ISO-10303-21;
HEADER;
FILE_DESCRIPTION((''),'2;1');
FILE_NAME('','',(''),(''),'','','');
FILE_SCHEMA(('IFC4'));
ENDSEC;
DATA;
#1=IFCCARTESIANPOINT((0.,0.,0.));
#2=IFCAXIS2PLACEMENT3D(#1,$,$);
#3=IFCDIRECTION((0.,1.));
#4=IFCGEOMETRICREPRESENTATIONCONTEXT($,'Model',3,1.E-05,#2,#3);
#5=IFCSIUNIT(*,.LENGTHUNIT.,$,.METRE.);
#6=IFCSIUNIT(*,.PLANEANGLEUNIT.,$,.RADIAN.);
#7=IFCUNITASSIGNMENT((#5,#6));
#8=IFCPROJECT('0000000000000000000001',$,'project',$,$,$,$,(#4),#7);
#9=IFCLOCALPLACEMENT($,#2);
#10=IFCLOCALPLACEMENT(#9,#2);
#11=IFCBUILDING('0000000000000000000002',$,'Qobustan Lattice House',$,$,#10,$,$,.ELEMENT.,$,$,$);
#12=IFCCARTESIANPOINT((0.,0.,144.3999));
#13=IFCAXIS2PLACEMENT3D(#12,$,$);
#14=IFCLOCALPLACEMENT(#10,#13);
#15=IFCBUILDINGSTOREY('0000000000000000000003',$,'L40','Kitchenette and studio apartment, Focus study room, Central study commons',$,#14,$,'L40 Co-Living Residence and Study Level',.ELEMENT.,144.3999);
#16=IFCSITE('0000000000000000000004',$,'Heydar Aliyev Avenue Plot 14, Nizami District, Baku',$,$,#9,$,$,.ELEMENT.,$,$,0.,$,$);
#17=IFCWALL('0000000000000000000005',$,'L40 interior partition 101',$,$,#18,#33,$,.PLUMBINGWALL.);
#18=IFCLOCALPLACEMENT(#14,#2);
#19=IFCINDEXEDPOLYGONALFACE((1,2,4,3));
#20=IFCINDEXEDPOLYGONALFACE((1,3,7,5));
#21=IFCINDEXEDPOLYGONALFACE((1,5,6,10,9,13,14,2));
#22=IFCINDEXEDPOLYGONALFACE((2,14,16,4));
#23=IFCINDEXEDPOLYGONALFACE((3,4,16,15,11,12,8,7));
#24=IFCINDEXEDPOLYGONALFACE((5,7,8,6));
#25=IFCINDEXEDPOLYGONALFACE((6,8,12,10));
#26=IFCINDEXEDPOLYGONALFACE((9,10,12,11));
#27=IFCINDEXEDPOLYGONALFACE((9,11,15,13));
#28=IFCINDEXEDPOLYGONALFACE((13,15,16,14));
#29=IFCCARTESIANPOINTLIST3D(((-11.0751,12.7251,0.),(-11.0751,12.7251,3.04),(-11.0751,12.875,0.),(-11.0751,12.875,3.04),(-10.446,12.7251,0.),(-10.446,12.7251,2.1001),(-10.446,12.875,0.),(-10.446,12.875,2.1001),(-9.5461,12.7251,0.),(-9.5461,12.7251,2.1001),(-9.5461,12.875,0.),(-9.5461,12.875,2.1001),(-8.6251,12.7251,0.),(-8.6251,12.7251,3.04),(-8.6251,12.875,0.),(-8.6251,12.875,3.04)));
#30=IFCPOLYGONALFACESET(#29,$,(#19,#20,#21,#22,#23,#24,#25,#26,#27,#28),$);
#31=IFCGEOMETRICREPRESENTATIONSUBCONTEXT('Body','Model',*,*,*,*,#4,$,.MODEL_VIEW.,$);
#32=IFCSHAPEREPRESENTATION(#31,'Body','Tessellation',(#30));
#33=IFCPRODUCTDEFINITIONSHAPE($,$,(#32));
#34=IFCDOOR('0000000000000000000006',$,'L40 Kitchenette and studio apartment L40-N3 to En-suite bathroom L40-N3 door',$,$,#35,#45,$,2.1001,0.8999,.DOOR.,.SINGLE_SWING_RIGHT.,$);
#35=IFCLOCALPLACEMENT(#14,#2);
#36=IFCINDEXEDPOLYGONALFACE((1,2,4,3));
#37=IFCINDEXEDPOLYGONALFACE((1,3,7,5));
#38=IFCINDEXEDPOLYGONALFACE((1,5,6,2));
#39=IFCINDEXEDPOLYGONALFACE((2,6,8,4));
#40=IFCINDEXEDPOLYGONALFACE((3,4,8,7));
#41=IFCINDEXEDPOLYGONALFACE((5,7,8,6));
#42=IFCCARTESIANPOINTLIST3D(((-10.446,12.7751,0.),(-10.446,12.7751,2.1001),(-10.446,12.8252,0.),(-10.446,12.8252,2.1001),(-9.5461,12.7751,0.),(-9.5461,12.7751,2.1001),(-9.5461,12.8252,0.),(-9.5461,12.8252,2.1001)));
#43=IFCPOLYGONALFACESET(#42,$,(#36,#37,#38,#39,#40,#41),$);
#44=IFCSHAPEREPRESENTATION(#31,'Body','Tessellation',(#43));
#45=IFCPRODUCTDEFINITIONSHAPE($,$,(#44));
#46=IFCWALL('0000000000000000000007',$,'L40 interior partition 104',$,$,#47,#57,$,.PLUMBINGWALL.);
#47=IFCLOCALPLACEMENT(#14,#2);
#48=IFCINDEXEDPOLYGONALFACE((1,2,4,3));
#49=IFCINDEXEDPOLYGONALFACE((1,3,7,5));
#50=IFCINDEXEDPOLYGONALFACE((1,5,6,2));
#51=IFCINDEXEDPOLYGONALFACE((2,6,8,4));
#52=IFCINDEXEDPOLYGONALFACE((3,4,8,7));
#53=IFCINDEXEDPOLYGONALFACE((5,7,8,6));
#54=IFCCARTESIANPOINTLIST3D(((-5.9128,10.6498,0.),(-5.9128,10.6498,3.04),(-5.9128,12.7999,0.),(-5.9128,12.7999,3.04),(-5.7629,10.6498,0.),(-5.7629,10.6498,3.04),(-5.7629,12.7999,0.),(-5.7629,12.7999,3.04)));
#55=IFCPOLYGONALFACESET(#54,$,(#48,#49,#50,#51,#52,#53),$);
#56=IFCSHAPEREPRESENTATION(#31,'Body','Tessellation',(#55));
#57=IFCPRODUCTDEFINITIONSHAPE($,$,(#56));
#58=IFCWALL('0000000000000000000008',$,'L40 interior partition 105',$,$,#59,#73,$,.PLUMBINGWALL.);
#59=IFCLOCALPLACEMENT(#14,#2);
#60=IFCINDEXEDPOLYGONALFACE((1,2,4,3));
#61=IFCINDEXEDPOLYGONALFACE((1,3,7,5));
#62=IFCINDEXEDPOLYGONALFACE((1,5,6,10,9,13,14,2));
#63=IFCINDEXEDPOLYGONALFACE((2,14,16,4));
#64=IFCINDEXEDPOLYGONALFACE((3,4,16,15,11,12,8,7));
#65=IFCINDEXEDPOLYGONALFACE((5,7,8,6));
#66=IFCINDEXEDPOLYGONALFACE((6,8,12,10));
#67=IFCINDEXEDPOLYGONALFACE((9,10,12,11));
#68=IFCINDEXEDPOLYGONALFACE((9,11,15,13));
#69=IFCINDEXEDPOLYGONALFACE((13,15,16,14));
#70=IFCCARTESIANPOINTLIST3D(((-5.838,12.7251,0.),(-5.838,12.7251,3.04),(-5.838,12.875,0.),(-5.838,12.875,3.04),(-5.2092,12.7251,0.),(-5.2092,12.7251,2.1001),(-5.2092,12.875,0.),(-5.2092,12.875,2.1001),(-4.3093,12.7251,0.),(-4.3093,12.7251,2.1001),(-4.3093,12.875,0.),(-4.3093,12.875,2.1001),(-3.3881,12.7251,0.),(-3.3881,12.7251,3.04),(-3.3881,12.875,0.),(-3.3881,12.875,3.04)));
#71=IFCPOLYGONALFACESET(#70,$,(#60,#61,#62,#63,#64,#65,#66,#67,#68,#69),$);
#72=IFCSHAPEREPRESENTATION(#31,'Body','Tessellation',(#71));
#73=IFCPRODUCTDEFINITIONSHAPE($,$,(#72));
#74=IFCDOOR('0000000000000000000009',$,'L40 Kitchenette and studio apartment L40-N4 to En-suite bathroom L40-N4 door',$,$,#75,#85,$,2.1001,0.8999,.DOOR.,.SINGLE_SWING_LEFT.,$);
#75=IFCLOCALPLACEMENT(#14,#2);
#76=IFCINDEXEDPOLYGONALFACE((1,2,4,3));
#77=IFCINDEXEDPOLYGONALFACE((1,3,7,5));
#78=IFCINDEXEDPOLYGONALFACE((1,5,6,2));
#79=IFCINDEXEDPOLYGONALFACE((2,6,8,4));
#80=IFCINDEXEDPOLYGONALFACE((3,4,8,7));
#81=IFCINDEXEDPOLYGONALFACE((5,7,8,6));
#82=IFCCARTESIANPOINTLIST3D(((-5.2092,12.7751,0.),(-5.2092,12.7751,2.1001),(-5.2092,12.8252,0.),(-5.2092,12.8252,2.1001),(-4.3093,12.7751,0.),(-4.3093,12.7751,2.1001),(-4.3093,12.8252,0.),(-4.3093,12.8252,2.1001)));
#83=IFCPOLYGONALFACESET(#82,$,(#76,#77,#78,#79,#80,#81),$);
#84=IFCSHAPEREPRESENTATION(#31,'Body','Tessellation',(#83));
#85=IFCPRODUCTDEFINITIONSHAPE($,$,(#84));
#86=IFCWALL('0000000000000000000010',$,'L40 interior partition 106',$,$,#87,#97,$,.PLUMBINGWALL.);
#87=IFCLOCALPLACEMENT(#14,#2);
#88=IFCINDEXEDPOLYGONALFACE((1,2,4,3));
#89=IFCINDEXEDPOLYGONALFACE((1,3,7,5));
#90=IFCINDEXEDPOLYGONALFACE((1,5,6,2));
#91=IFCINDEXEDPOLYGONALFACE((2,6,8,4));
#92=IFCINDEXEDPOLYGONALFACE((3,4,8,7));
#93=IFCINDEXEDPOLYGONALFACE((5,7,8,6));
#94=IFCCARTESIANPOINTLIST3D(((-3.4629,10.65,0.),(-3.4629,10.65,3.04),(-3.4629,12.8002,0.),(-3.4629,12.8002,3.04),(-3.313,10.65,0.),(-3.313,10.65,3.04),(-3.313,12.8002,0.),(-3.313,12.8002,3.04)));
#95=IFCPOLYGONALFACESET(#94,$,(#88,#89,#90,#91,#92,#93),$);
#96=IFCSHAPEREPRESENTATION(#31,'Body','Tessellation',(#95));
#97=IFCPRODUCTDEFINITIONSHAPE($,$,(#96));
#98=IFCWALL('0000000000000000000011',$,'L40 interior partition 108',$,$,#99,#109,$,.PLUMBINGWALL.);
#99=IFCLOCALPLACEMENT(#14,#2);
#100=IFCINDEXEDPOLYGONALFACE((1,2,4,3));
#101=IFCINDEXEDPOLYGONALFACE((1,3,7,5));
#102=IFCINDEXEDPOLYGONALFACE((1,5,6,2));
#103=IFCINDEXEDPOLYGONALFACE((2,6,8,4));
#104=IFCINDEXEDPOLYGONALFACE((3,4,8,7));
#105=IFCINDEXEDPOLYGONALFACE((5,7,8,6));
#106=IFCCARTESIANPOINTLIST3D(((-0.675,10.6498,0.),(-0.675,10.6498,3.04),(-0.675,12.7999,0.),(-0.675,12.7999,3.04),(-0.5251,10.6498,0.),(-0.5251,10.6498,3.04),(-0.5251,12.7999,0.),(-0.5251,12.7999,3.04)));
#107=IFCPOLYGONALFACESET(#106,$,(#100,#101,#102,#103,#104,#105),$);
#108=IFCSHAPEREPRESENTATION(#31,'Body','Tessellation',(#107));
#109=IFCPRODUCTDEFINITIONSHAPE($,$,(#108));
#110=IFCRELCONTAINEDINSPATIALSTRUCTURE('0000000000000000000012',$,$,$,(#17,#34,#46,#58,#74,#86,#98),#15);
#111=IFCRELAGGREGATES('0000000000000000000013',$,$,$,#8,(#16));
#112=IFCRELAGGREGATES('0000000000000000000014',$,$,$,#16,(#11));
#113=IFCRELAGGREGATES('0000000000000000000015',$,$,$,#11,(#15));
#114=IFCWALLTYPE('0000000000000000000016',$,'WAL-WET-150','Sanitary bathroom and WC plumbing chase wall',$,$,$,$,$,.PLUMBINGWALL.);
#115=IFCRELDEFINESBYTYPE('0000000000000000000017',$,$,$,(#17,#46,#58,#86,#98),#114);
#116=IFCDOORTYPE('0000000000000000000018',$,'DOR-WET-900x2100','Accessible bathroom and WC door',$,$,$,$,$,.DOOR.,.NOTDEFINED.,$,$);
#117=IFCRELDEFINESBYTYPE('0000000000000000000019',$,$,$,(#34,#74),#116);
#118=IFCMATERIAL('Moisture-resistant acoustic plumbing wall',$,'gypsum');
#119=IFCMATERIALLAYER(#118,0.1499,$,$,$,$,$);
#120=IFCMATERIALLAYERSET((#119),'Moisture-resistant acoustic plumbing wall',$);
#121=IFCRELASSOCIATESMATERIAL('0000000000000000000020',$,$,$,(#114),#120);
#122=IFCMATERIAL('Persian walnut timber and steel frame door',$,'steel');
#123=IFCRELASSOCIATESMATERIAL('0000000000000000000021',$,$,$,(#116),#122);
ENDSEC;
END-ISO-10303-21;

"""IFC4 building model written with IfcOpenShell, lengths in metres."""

from ifc_helpers import new_model, si_unit, direction, frame, frame_2d, origin, place, context, subcontext, project, spatial, rectangle, extrude, material, layer, layer_set, type_object, element, fill, save


model = new_model("IFC4")

# Units and contexts
model_context = context("Model", 3, precision=1e-05, world=origin(), true_north=direction((0.0, 1.0)))
body_context = subcontext(model_context, "Body", "Model", "MODEL_VIEW")
ifc_project = project(units=[si_unit("LENGTHUNIT", "METRE"), si_unit("PLANEANGLEUNIT", "RADIAN")], contexts=[model_context])

# Site, building, storey
site_placement = place(None, origin())
site = spatial("IfcSite", under=ifc_project, at=site_placement, Name="Heydar Aliyev Avenue Plot 14, Nizami District, Baku", CompositionType="ELEMENT", RefElevation=0.0)
building_placement = place(site_placement, origin())
building = spatial("IfcBuilding", under=site, at=building_placement, Name="Qobustan Lattice House", CompositionType="ELEMENT")
storey_placement = place(building_placement, frame((0.0, 0.0, 144.3999)))
storey = spatial("IfcBuildingStorey", under=building, at=storey_placement, Name="L40", Description="Kitchenette and studio apartment, Focus study room, Central study commons", LongName="L40 Co-Living Residence and Study Level", CompositionType="ELEMENT", Elevation=144.3999)

# Shared definitions
ifc_material_1 = material(Name="Moisture-resistant acoustic plumbing wall", Category="gypsum")
ifc_layer_1 = layer(ifc_material_1, 0.1499)
ifc_layer_set_1 = layer_set([ifc_layer_1], Name="Moisture-resistant acoustic plumbing wall")
wall_type_1 = type_object("IfcWallType", Name="WAL-WET-150", Description="Sanitary bathroom and WC plumbing chase wall", PredefinedType="PLUMBINGWALL", material=ifc_layer_set_1)

# Wall, opening, door
wall_1_placement = place(storey_placement, frame((-8.625, 12.8, 0.0), z_axis=(0.0, 0.0, 1.0), x_axis=(-1.0, 0.0, 0.0)))
wall_1 = element("IfcWall", 1, at=wall_1_placement, inside=storey, type_object=wall_type_1, Name="L40 interior partition 101", PredefinedType="PLUMBINGWALL", context=body_context, shape_type="SweptSolid", body=[
    extrude(rectangle(XDim=2.45, YDim=0.1499, at=frame_2d((1.2251, 0.0))), origin(), (0.0, 0.0, 1.0), 3.04),
])
opening_1_placement = place(wall_1_placement, frame((0.9211, 0.0, 0.0)))
opening_1 = element("IfcOpeningElement", 2, at=opening_1_placement, cuts=wall_1, PredefinedType="OPENING", context=body_context, shape_type="SweptSolid", body=[
    extrude(rectangle(XDim=0.8999, YDim=2.1001, at=frame_2d((0.45, 1.05))), frame((0.0, 0.085, 0.0), z_axis=(0.0, -1.0, 0.0), x_axis=(1.0, 0.0, 0.0)), (0.0, 0.0, 1.0), 0.1699),
])
ifc_material_2 = material(Name="Persian walnut timber and steel frame door", Category="steel")
door_type_1 = type_object("IfcDoorType", Name="DOR-WET-900x2100", Description="Accessible bathroom and WC door", OperationType="NOTDEFINED", PredefinedType="DOOR", material=ifc_material_2)
door_1_placement = place(opening_1_placement, origin())
door_1 = element("IfcDoor", 3, at=door_1_placement, inside=storey, type_object=door_type_1, Name="L40 Kitchenette and studio apartment L40-N3 to En-suite bathroom L40-N3 door", OperationType="SINGLE_SWING_RIGHT", OverallHeight=2.1001, OverallWidth=0.8999, PredefinedType="DOOR", context=body_context, shape_type="SweptSolid", body=[
    extrude(rectangle(XDim=0.8999, YDim=2.1001, at=frame_2d((0.45, 1.05))), frame((0.0, 0.0249, 0.0), z_axis=(0.0, -1.0, 0.0), x_axis=(1.0, 0.0, 0.0)), (0.0, 0.0, 1.0), 0.05),
])
fill(opening_1, door_1)

# Wall
wall_2_placement = place(storey_placement, frame((-5.8379, 12.8, 0.0), z_axis=(0.0, 0.0, 1.0), x_axis=(0.0, -1.0, 0.0)))
element("IfcWall", 4, at=wall_2_placement, inside=storey, type_object=wall_type_1, Name="L40 interior partition 104", PredefinedType="PLUMBINGWALL", context=body_context, shape_type="SweptSolid", body=[
    extrude(rectangle(XDim=2.1501, YDim=0.1499, at=frame_2d((1.0752, 0.0))), origin(), (0.0, 0.0, 1.0), 3.04),
])

# Wall, opening, door
wall_3_placement = place(storey_placement, frame((-3.3879, 12.8, 0.0), z_axis=(0.0, 0.0, 1.0), x_axis=(-1.0, 0.0, 0.0)))
wall_3 = element("IfcWall", 5, at=wall_3_placement, inside=storey, type_object=wall_type_1, Name="L40 interior partition 105", PredefinedType="PLUMBINGWALL", context=body_context, shape_type="SweptSolid", body=[
    extrude(rectangle(XDim=2.45, YDim=0.1499, at=frame_2d((1.2251, 0.0))), origin(), (0.0, 0.0, 1.0), 3.04),
])
opening_2_placement = place(wall_3_placement, frame((0.9214, 0.0, 0.0)))
opening_2 = element("IfcOpeningElement", 6, at=opening_2_placement, cuts=wall_3, PredefinedType="OPENING", context=body_context, shape_type="SweptSolid", body=[
    extrude(rectangle(XDim=0.8999, YDim=2.1001, at=frame_2d((0.45, 1.05))), frame((0.0, 0.085, 0.0), z_axis=(0.0, -1.0, 0.0), x_axis=(1.0, 0.0, 0.0)), (0.0, 0.0, 1.0), 0.1699),
])
door_2_placement = place(opening_2_placement, origin())
door_2 = element("IfcDoor", 7, at=door_2_placement, inside=storey, type_object=door_type_1, Name="L40 Kitchenette and studio apartment L40-N4 to En-suite bathroom L40-N4 door", OperationType="SINGLE_SWING_LEFT", OverallHeight=2.1001, OverallWidth=0.8999, PredefinedType="DOOR", context=body_context, shape_type="SweptSolid", body=[
    extrude(rectangle(XDim=0.8999, YDim=2.1001, at=frame_2d((0.45, 1.05))), frame((0.0, 0.0249, 0.0), z_axis=(0.0, -1.0, 0.0), x_axis=(1.0, 0.0, 0.0)), (0.0, 0.0, 1.0), 0.05),
])
fill(opening_2, door_2)

# Walls
for number, where, z_axis, x_axis, name in (
    (8, (-3.3879, 10.6499, 0.0), (0.0, 0.0, 1.0), (0.0, 1.0, 0.0), "L40 interior partition 106"),
    (9, (-0.6001, 12.8, 0.0), (0.0, 0.0, 1.0), (0.0, -1.0, 0.0), "L40 interior partition 108"),
):
    element("IfcWall", number, at=place(storey_placement, frame(where, z_axis=z_axis, x_axis=x_axis)), inside=storey, type_object=wall_type_1, Name=name, PredefinedType="PLUMBINGWALL", context=body_context, shape_type="SweptSolid", body=[
        extrude(rectangle(XDim=2.1501, YDim=0.1499, at=frame_2d((1.0752, 0.0))), origin(), (0.0, 0.0, 1.0), 3.04),
    ])

save(model, "model.ifc")
